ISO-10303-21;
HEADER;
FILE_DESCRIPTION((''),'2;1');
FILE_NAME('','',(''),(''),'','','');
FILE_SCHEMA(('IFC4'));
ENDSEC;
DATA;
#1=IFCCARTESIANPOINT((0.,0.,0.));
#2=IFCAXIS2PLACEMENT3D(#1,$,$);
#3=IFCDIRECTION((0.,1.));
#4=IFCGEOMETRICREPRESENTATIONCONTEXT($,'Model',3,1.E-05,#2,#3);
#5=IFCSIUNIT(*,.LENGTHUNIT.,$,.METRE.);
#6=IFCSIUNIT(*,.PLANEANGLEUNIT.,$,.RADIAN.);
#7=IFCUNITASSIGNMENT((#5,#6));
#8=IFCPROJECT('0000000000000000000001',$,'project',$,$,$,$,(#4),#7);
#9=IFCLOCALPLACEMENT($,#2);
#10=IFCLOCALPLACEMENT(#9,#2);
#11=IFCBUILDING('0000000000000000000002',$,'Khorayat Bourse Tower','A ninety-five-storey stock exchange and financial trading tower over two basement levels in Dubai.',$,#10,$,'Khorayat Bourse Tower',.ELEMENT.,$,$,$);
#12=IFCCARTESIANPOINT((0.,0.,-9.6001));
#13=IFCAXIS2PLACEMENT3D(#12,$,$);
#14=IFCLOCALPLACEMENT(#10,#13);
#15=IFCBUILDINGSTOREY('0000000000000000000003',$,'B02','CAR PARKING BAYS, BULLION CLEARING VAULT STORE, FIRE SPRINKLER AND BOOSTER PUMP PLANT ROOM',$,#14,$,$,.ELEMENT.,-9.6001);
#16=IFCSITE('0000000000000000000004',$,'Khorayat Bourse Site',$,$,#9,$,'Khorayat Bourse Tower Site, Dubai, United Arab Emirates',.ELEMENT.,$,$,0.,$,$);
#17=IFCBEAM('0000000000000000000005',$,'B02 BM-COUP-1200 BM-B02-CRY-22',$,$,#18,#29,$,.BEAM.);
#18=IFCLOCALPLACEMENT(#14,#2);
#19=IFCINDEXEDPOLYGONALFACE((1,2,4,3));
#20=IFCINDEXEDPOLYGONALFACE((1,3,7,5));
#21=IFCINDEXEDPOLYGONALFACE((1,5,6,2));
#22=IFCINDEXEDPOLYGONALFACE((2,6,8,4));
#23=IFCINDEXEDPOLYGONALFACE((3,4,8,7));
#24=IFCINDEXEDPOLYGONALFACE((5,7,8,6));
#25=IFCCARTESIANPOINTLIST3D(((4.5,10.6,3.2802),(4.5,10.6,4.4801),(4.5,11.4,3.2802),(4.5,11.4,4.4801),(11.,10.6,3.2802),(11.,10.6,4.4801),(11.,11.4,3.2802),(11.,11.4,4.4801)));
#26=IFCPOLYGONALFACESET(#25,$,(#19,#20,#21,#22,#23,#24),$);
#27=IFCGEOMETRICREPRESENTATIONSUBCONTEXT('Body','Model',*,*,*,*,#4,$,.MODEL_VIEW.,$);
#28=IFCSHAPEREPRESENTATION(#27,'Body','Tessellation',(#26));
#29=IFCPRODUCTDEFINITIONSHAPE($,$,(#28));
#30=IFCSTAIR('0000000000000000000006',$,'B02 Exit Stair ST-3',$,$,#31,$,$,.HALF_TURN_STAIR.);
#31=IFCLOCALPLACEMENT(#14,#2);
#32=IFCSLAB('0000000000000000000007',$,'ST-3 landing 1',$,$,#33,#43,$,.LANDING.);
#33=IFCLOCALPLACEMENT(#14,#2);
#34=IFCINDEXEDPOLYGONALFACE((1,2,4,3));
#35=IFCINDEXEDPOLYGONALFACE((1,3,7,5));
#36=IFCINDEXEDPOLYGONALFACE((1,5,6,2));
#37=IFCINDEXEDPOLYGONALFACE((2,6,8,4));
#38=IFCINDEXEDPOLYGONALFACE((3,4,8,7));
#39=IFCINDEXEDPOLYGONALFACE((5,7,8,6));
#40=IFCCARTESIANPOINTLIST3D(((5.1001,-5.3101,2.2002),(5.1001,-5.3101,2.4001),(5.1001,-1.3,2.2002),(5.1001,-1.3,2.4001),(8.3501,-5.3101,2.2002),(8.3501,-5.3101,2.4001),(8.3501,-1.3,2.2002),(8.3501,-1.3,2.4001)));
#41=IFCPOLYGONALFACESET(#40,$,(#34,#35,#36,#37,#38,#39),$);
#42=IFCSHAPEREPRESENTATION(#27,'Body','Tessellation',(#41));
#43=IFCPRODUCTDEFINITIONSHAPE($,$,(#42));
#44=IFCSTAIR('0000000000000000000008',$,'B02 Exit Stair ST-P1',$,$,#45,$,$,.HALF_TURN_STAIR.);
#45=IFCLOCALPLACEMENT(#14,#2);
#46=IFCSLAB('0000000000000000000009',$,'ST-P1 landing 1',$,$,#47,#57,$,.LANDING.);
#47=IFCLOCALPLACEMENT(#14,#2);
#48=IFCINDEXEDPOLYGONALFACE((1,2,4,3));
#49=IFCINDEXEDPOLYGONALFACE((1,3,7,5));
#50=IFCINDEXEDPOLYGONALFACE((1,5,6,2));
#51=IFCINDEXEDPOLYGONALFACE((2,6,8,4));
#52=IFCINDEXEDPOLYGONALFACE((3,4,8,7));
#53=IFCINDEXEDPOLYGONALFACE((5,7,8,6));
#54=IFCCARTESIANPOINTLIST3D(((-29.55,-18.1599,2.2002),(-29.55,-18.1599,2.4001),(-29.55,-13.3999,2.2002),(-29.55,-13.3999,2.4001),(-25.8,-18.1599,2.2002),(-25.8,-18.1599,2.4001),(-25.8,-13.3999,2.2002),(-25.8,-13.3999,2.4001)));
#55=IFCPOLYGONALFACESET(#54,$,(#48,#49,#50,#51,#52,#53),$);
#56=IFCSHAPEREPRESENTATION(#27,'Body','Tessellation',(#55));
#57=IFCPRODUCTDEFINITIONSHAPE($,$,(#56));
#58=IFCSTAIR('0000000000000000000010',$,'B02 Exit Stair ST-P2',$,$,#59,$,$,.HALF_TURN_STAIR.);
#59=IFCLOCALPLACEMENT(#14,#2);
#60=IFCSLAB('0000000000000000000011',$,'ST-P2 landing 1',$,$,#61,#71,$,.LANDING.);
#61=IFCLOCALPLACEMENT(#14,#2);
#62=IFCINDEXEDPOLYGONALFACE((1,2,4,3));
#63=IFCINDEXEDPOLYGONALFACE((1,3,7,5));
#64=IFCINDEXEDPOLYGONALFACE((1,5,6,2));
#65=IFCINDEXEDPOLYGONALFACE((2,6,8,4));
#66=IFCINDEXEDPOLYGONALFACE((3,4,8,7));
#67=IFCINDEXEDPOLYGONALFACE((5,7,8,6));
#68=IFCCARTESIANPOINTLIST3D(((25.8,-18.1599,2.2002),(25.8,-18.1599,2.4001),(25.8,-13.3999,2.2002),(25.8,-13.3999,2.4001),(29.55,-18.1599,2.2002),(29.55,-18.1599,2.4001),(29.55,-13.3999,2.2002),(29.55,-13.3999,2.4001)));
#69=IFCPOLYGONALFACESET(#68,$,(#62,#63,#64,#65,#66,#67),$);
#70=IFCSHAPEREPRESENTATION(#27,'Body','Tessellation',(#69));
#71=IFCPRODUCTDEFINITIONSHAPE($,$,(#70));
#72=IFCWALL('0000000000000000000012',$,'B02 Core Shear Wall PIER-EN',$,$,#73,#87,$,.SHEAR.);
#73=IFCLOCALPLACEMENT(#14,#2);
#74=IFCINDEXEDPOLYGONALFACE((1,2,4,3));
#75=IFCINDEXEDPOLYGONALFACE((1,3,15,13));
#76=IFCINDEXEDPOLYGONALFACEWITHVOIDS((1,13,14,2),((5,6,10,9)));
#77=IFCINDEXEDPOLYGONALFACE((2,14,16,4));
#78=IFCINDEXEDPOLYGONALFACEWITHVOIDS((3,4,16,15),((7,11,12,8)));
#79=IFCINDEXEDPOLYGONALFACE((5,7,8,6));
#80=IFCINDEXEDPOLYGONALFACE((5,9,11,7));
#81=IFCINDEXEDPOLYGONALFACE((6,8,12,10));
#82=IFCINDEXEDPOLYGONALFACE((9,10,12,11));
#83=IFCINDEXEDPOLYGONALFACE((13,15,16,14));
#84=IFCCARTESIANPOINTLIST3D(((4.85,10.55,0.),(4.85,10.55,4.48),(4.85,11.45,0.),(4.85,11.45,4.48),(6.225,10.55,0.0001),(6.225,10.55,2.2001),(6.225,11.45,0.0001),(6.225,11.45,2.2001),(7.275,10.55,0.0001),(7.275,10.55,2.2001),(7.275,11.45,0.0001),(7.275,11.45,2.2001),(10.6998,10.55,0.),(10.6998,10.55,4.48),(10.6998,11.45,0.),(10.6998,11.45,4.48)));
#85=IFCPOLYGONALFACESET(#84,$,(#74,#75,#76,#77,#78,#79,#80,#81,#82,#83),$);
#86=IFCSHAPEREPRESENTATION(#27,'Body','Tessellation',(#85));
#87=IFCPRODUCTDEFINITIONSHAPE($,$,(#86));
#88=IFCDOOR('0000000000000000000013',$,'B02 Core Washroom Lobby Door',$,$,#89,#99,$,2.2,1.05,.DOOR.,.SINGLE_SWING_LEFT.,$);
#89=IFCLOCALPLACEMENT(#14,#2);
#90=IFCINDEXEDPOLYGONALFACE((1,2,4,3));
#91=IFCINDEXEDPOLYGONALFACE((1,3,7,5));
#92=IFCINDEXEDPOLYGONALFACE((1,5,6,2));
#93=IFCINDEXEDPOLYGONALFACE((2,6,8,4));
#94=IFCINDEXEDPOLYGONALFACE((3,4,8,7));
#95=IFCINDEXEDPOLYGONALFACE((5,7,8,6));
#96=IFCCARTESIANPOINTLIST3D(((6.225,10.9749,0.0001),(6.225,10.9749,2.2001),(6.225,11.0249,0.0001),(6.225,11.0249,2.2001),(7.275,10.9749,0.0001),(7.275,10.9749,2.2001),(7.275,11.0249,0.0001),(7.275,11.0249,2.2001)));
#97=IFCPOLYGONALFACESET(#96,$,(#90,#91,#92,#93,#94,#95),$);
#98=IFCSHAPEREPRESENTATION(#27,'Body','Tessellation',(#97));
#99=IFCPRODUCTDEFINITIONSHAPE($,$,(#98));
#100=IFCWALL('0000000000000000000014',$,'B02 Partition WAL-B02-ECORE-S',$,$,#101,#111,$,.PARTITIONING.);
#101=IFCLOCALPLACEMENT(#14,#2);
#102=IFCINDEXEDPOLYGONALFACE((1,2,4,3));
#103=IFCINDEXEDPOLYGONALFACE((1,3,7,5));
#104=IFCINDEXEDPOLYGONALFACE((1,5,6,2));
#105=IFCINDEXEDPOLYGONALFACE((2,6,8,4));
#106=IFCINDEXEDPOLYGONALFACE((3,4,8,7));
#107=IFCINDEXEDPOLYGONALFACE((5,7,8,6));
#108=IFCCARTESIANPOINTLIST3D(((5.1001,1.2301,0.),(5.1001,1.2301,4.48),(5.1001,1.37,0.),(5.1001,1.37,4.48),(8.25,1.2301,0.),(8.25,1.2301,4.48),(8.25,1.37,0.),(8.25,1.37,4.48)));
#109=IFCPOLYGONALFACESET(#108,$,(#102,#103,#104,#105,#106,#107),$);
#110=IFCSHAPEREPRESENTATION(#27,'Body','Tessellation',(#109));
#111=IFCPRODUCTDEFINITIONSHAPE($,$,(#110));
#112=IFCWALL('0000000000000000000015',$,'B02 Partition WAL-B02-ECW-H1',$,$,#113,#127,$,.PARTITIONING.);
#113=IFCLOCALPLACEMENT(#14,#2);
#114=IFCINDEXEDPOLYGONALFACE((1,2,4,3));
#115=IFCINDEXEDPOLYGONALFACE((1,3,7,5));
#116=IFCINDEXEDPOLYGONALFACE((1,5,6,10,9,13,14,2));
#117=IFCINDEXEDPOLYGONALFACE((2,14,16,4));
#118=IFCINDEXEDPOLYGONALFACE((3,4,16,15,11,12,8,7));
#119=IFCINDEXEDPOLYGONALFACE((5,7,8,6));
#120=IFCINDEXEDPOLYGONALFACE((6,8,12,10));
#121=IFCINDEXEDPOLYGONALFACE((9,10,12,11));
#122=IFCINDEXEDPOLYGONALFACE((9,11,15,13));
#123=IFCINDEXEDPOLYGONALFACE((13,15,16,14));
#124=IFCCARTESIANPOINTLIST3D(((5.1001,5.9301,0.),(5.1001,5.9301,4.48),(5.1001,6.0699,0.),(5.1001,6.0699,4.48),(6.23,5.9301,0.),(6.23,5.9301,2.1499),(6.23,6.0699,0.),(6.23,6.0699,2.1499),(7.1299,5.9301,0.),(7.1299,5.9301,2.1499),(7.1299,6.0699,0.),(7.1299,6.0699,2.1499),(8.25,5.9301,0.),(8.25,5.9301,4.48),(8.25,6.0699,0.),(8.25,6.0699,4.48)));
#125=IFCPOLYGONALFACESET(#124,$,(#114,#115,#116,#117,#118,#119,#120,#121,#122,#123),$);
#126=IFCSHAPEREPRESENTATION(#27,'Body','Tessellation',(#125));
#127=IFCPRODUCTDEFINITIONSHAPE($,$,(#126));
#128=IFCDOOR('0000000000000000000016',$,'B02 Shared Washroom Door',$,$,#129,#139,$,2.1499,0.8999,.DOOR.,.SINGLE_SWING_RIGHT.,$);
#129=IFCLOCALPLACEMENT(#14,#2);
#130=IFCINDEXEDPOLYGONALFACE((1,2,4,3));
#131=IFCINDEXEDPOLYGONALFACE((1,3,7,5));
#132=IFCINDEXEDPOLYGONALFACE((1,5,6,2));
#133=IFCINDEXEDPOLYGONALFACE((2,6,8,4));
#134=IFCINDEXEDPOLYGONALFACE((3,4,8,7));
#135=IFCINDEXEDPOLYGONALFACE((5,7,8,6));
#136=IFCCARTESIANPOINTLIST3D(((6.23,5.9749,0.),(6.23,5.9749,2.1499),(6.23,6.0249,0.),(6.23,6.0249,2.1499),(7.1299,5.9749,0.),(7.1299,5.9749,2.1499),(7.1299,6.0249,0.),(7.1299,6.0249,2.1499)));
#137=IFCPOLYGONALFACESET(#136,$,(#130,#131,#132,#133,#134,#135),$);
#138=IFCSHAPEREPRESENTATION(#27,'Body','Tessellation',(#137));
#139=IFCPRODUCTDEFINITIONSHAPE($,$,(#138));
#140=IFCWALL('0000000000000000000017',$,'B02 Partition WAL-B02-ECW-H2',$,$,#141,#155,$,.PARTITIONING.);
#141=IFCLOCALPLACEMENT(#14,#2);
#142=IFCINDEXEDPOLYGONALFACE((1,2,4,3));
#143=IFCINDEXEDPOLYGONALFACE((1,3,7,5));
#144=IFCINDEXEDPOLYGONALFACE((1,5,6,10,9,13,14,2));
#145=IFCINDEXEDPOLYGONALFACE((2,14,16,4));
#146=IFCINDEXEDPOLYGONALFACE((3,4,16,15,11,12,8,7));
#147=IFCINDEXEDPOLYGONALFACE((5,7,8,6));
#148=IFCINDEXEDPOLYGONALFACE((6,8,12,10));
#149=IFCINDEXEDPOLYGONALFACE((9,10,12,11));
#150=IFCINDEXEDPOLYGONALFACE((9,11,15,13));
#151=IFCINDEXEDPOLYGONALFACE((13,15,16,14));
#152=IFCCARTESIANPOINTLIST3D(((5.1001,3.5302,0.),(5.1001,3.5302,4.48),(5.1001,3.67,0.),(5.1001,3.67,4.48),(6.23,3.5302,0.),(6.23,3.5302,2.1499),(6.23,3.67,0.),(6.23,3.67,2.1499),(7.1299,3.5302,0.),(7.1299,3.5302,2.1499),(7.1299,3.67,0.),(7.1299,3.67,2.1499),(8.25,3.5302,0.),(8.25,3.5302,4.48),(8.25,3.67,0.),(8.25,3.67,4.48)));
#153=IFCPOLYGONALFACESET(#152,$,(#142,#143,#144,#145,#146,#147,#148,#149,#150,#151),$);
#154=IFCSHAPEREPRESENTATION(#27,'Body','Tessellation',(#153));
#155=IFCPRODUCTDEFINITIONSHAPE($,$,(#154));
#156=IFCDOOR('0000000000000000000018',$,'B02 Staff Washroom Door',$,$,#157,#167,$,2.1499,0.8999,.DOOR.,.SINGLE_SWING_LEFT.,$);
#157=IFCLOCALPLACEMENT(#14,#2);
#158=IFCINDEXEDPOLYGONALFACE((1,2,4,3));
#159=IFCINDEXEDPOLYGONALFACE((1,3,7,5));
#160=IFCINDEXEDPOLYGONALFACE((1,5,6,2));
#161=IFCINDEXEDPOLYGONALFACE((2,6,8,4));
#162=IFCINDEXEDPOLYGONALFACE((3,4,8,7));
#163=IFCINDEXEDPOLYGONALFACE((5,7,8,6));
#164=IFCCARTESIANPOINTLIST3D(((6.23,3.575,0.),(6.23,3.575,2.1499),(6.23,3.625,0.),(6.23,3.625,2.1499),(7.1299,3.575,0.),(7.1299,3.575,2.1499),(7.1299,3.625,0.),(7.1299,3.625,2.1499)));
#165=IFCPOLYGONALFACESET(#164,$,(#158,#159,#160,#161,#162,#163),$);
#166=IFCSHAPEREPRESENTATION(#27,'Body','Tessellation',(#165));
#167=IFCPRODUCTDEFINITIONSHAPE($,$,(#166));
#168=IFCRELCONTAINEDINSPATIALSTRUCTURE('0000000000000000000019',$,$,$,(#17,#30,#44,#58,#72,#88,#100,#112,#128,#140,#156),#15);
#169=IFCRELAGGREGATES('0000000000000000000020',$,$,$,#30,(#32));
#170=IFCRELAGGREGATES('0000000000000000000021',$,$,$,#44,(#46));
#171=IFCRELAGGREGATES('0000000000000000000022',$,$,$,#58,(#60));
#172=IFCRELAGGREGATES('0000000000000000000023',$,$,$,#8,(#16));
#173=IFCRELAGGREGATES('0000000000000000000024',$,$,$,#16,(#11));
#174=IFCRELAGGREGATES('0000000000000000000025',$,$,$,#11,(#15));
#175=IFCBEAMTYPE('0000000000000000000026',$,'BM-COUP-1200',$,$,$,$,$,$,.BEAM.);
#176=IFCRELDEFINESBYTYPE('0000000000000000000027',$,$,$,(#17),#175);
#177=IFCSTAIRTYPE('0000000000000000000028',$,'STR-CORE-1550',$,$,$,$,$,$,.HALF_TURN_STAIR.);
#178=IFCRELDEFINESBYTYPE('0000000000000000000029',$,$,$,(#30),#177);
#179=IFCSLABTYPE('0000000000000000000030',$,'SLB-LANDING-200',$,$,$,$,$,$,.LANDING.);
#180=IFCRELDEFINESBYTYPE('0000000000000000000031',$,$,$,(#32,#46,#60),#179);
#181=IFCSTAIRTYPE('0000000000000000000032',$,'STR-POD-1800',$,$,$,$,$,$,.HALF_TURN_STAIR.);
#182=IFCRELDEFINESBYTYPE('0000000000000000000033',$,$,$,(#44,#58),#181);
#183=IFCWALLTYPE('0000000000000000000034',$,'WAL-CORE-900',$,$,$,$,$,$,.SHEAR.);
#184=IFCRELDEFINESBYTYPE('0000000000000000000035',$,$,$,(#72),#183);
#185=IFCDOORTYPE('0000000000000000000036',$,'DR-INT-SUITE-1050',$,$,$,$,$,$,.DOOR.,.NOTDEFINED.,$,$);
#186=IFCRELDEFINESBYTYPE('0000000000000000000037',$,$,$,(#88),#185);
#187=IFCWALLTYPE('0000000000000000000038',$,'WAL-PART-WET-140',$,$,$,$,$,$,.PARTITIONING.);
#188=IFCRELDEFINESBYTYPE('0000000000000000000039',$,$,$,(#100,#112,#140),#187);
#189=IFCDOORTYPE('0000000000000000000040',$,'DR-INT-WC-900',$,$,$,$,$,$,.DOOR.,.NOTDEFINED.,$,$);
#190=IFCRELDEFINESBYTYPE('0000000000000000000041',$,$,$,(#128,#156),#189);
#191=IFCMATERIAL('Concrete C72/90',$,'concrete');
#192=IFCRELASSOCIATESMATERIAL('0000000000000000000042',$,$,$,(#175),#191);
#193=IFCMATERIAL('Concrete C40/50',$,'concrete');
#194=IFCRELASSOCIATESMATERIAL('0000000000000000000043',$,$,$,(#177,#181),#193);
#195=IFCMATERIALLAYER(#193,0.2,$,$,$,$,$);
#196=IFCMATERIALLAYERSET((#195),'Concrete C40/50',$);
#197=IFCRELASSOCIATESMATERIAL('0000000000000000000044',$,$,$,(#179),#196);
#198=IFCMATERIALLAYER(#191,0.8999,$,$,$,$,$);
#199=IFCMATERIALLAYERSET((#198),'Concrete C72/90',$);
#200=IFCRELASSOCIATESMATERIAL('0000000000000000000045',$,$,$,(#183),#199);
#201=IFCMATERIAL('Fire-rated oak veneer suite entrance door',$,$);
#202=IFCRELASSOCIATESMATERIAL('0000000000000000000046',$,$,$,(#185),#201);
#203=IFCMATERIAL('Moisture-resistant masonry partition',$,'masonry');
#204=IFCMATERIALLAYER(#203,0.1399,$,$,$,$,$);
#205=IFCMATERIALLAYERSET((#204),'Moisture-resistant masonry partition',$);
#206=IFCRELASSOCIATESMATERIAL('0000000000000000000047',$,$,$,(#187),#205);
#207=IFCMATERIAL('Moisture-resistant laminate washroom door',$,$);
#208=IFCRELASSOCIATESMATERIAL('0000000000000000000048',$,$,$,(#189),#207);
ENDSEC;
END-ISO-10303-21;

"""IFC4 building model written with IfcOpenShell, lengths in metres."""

from ifc_helpers import new_model, si_unit, direction, frame, frame_2d, origin, origin_2d, place, context, subcontext, project, spatial, polyline, rectangle, outline, extrude, source, transform, mapped, material, layer, layer_set, material_profile, profile_set, type_object, element, fill, aggregate, save


model = new_model("IFC4")

# Units and contexts
model_context = context("Model", 3, precision=1e-05, world=origin(), true_north=direction((0.0, 1.0)))
body_context = subcontext(model_context, "Body", "Model", "MODEL_VIEW")
ifc_project = project(units=[si_unit("LENGTHUNIT", "METRE"), si_unit("PLANEANGLEUNIT", "RADIAN")], contexts=[model_context])

# Site, building, storey
site_placement = place(None, origin())
site = spatial("IfcSite", under=ifc_project, at=site_placement, Name="Khorayat Bourse Site", LongName="Khorayat Bourse Tower Site, Dubai, United Arab Emirates", CompositionType="ELEMENT", RefElevation=0.0)
building_placement = place(site_placement, origin())
building = spatial("IfcBuilding", under=site, at=building_placement, Name="Khorayat Bourse Tower", Description="A ninety-five-storey stock exchange and financial trading tower over two basement levels in Dubai.", LongName="Khorayat Bourse Tower", CompositionType="ELEMENT")
storey_placement = place(building_placement, frame((0.0, 0.0, -9.6001)))
storey = spatial("IfcBuildingStorey", under=building, at=storey_placement, Name="B02", Description="CAR PARKING BAYS, BULLION CLEARING VAULT STORE, FIRE SPRINKLER AND BOOSTER PUMP PLANT ROOM", CompositionType="ELEMENT", Elevation=-9.6001)

# Shared definitions
ifc_material_1 = material(Name="Concrete C72/90", Category="concrete")

# Beam
ifc_material_profile_1 = material_profile(ifc_material_1, rectangle(XDim=0.8, YDim=1.2, at=origin_2d()), Name="RC 800x1200")
ifc_profile_set_1 = profile_set([ifc_material_profile_1], Name="Concrete C72/90")
beam_type_1 = type_object("IfcBeamType", Name="BM-COUP-1200", PredefinedType="BEAM", material=ifc_profile_set_1)
shared_shape_1 = source(origin(), body_context, "Body", "SweptSolid", [
    extrude(rectangle(XDim=0.8, YDim=1.2, at=origin_2d()), origin(), (0.0, 0.0, 1.0), 6.5),
])
beam_1_placement = place(storey_placement, frame((4.5, 11.0, 3.8801), z_axis=(1.0, 0.0, 0.0), x_axis=(0.0, 1.0, 0.0)))
element("IfcBeam", 1, at=beam_1_placement, inside=storey, type_object=beam_type_1, Name="B02 BM-COUP-1200 BM-B02-CRY-22", PredefinedType="BEAM", context=body_context, shape_type="MappedRepresentation", body=[
    mapped(shared_shape_1, transform((0.0, 0.0, 0.0), scale=1.0)),
])

# Stairs, slabs
ifc_material_2 = material(Name="Concrete C40/50", Category="concrete")
stair_type_1 = type_object("IfcStairType", Name="STR-CORE-1550", PredefinedType="HALF_TURN_STAIR", material=ifc_material_2)
stair_1_placement = place(storey_placement, origin())
stair_1 = element("IfcStair", 2, at=stair_1_placement, inside=storey, type_object=stair_type_1, Name="B02 Exit Stair ST-3", PredefinedType="HALF_TURN_STAIR")
ifc_layer_1 = layer(ifc_material_2, 0.2)
ifc_layer_set_1 = layer_set([ifc_layer_1], Name="Concrete C40/50")
slab_type = type_object("IfcSlabType", Name="SLB-LANDING-200", PredefinedType="LANDING", material=ifc_layer_set_1)
slab_1_placement = place(storey_placement, frame((0.0, 0.0, 2.2002)))
slab_1 = element("IfcSlab", 3, at=slab_1_placement, type_object=slab_type, Name="ST-3 landing 1", PredefinedType="LANDING", context=body_context, shape_type="SweptSolid", body=[
    extrude(outline(polyline([(8.3501, -5.3101), (8.3501, -1.3), (5.1001, -1.3), (5.1001, -5.3101), (8.3501, -5.3101)])), origin(), (0.0, 0.0, 1.0), 0.2),
])
aggregate(stair_1, [slab_1])
stair_type_2 = type_object("IfcStairType", Name="STR-POD-1800", PredefinedType="HALF_TURN_STAIR", material=ifc_material_2)
stair_2_placement = place(storey_placement, origin())
stair_2 = element("IfcStair", 4, at=stair_2_placement, inside=storey, type_object=stair_type_2, Name="B02 Exit Stair ST-P1", PredefinedType="HALF_TURN_STAIR")
slab_2_placement = place(storey_placement, frame((0.0, 0.0, 2.2002)))
slab_2 = element("IfcSlab", 5, at=slab_2_placement, type_object=slab_type, Name="ST-P1 landing 1", PredefinedType="LANDING", context=body_context, shape_type="SweptSolid", body=[
    extrude(outline(polyline([(-25.8, -18.1599), (-25.8, -13.3999), (-29.55, -13.3999), (-29.55, -18.1599), (-25.8, -18.1599)])), origin(), (0.0, 0.0, 1.0), 0.2),
])
aggregate(stair_2, [slab_2])
stair_3_placement = place(storey_placement, origin())
stair_3 = element("IfcStair", 6, at=stair_3_placement, inside=storey, type_object=stair_type_2, Name="B02 Exit Stair ST-P2", PredefinedType="HALF_TURN_STAIR")
slab_3_placement = place(storey_placement, frame((0.0, 0.0, 2.2002)))
slab_3 = element("IfcSlab", 7, at=slab_3_placement, type_object=slab_type, Name="ST-P2 landing 1", PredefinedType="LANDING", context=body_context, shape_type="SweptSolid", body=[
    extrude(outline(polyline([(29.55, -18.1599), (29.55, -13.3999), (25.8, -13.3999), (25.8, -18.1599), (29.55, -18.1599)])), origin(), (0.0, 0.0, 1.0), 0.2),
])
aggregate(stair_3, [slab_3])

# Wall, opening, door
ifc_layer_2 = layer(ifc_material_1, 0.8999)
ifc_layer_set_2 = layer_set([ifc_layer_2], Name="Concrete C72/90")
wall_type_1 = type_object("IfcWallType", Name="WAL-CORE-900", PredefinedType="SHEAR", material=ifc_layer_set_2)
shared_shape_2 = source(origin(), body_context, "Body", "SweptSolid", [
    extrude(rectangle(XDim=5.8499, YDim=0.8999, at=frame_2d((2.9248, 0.0))), origin(), (0.0, 0.0, 1.0), 4.48),
])
wall_1_placement = place(storey_placement, frame((4.8501, 11.0, 0.0), z_axis=(0.0, 0.0, 1.0), x_axis=(1.0, 0.0, 0.0)))
wall_1 = element("IfcWall", 8, at=wall_1_placement, inside=storey, type_object=wall_type_1, Name="B02 Core Shear Wall PIER-EN", PredefinedType="SHEAR", context=body_context, shape_type="MappedRepresentation", body=[
    mapped(shared_shape_2, transform((0.0, 0.0, 0.0), scale=1.0)),
])
shared_shape_3 = source(origin(), body_context, "Body", "SweptSolid", [
    extrude(rectangle(XDim=1.05, YDim=2.2, at=frame_2d((0.5249, 1.1001))), frame((0.0, 0.46, 0.0), z_axis=(0.0, -1.0, 0.0), x_axis=(1.0, 0.0, 0.0)), (0.0, 0.0, 1.0), 0.9199),
])
opening_1_placement = place(wall_1_placement, frame((1.375, 0.0, 0.0)))
opening_1 = element("IfcOpeningElement", 9, at=opening_1_placement, cuts=wall_1, PredefinedType="OPENING", context=body_context, shape_type="MappedRepresentation", body=[
    mapped(shared_shape_3, transform((0.0, 0.0, 0.0), scale=1.0)),
])
ifc_material_3 = material(Name="Fire-rated oak veneer suite entrance door")
door_type_1 = type_object("IfcDoorType", Name="DR-INT-SUITE-1050", OperationType="NOTDEFINED", PredefinedType="DOOR", material=ifc_material_3)
shared_shape_4 = source(origin(), body_context, "Body", "SweptSolid", [
    extrude(rectangle(XDim=1.05, YDim=2.2, at=frame_2d((0.5249, 1.1001))), frame((0.0, 0.0249, 0.0), z_axis=(0.0, -1.0, 0.0), x_axis=(1.0, 0.0, 0.0)), (0.0, 0.0, 1.0), 0.05),
])
door_1_placement = place(opening_1_placement, origin())
door_1 = element("IfcDoor", 10, at=door_1_placement, inside=storey, type_object=door_type_1, Name="B02 Core Washroom Lobby Door", OperationType="SINGLE_SWING_LEFT", OverallHeight=2.2, OverallWidth=1.05, PredefinedType="DOOR", context=body_context, shape_type="MappedRepresentation", body=[
    mapped(shared_shape_4, transform((0.0, 0.0, 0.0), scale=1.0)),
])
fill(opening_1, door_1)

# Wall
ifc_material_4 = material(Name="Moisture-resistant masonry partition", Category="masonry")
ifc_layer_3 = layer(ifc_material_4, 0.1399)
ifc_layer_set_3 = layer_set([ifc_layer_3], Name="Moisture-resistant masonry partition")
wall_type_2 = type_object("IfcWallType", Name="WAL-PART-WET-140", PredefinedType="PARTITIONING", material=ifc_layer_set_3)
shared_shape_5 = source(origin(), body_context, "Body", "SweptSolid", [
    extrude(rectangle(XDim=3.1499, YDim=0.1399, at=frame_2d((1.575, 0.0))), origin(), (0.0, 0.0, 1.0), 4.48),
])
wall_2_placement = place(storey_placement, frame((5.1001, 1.3, 0.0), z_axis=(0.0, 0.0, 1.0), x_axis=(1.0, 0.0, 0.0)))
element("IfcWall", 11, at=wall_2_placement, inside=storey, type_object=wall_type_2, Name="B02 Partition WAL-B02-ECORE-S", PredefinedType="PARTITIONING", context=body_context, shape_type="MappedRepresentation", body=[
    mapped(shared_shape_5, transform((0.0, 0.0, 0.0), scale=1.0)),
])

# Walls, openings, doors
wall_3_placement = place(storey_placement, frame((5.1001, 6.0, 0.0), z_axis=(0.0, 0.0, 1.0), x_axis=(1.0, 0.0, 0.0)))
wall_3 = element("IfcWall", 12, at=wall_3_placement, inside=storey, type_object=wall_type_2, Name="B02 Partition WAL-B02-ECW-H1", PredefinedType="PARTITIONING", context=body_context, shape_type="MappedRepresentation", body=[
    mapped(shared_shape_5, transform((0.0, 0.0, 0.0), scale=1.0)),
])
shared_shape_6 = source(origin(), body_context, "Body", "SweptSolid", [
    extrude(rectangle(XDim=0.8999, YDim=2.1499, at=frame_2d((0.45, 1.075))), frame((0.0, 0.0798, 0.0), z_axis=(0.0, -1.0, 0.0), x_axis=(1.0, 0.0, 0.0)), (0.0, 0.0, 1.0), 0.1599),
])
opening_2_placement = place(wall_3_placement, frame((1.1299, 0.0, 0.0)))
opening_2 = element("IfcOpeningElement", 13, at=opening_2_placement, cuts=wall_3, PredefinedType="OPENING", context=body_context, shape_type="MappedRepresentation", body=[
    mapped(shared_shape_6, transform((0.0, 0.0, 0.0), scale=1.0)),
])
ifc_material_5 = material(Name="Moisture-resistant laminate washroom door")
door_type_2 = type_object("IfcDoorType", Name="DR-INT-WC-900", OperationType="NOTDEFINED", PredefinedType="DOOR", material=ifc_material_5)
shared_shape_7 = source(origin(), body_context, "Body", "SweptSolid", [
    extrude(rectangle(XDim=0.8999, YDim=2.1499, at=frame_2d((0.45, 1.075))), frame((0.0, 0.0249, 0.0), z_axis=(0.0, -1.0, 0.0), x_axis=(1.0, 0.0, 0.0)), (0.0, 0.0, 1.0), 0.05),
])
door_2_placement = place(opening_2_placement, origin())
door_2 = element("IfcDoor", 14, at=door_2_placement, inside=storey, type_object=door_type_2, Name="B02 Shared Washroom Door", OperationType="SINGLE_SWING_RIGHT", OverallHeight=2.1499, OverallWidth=0.8999, PredefinedType="DOOR", context=body_context, shape_type="MappedRepresentation", body=[
    mapped(shared_shape_7, transform((0.0, 0.0, 0.0), scale=1.0)),
])
fill(opening_2, door_2)
wall_4_placement = place(storey_placement, frame((5.1001, 3.6001, 0.0), z_axis=(0.0, 0.0, 1.0), x_axis=(1.0, 0.0, 0.0)))
wall_4 = element("IfcWall", 15, at=wall_4_placement, inside=storey, type_object=wall_type_2, Name="B02 Partition WAL-B02-ECW-H2", PredefinedType="PARTITIONING", context=body_context, shape_type="MappedRepresentation", body=[
    mapped(shared_shape_5, transform((0.0, 0.0, 0.0), scale=1.0)),
])
opening_3_placement = place(wall_4_placement, frame((1.1299, 0.0, 0.0)))
opening_3 = element("IfcOpeningElement", 16, at=opening_3_placement, cuts=wall_4, PredefinedType="OPENING", context=body_context, shape_type="MappedRepresentation", body=[
    mapped(shared_shape_6, transform((0.0, 0.0, 0.0), scale=1.0)),
])
door_3_placement = place(opening_3_placement, origin())
door_3 = element("IfcDoor", 17, at=door_3_placement, inside=storey, type_object=door_type_2, Name="B02 Staff Washroom Door", OperationType="SINGLE_SWING_LEFT", OverallHeight=2.1499, OverallWidth=0.8999, PredefinedType="DOOR", context=body_context, shape_type="MappedRepresentation", body=[
    mapped(shared_shape_7, transform((0.0, 0.0, 0.0), scale=1.0)),
])
fill(opening_3, door_3)

save(model, "model.ifc")
